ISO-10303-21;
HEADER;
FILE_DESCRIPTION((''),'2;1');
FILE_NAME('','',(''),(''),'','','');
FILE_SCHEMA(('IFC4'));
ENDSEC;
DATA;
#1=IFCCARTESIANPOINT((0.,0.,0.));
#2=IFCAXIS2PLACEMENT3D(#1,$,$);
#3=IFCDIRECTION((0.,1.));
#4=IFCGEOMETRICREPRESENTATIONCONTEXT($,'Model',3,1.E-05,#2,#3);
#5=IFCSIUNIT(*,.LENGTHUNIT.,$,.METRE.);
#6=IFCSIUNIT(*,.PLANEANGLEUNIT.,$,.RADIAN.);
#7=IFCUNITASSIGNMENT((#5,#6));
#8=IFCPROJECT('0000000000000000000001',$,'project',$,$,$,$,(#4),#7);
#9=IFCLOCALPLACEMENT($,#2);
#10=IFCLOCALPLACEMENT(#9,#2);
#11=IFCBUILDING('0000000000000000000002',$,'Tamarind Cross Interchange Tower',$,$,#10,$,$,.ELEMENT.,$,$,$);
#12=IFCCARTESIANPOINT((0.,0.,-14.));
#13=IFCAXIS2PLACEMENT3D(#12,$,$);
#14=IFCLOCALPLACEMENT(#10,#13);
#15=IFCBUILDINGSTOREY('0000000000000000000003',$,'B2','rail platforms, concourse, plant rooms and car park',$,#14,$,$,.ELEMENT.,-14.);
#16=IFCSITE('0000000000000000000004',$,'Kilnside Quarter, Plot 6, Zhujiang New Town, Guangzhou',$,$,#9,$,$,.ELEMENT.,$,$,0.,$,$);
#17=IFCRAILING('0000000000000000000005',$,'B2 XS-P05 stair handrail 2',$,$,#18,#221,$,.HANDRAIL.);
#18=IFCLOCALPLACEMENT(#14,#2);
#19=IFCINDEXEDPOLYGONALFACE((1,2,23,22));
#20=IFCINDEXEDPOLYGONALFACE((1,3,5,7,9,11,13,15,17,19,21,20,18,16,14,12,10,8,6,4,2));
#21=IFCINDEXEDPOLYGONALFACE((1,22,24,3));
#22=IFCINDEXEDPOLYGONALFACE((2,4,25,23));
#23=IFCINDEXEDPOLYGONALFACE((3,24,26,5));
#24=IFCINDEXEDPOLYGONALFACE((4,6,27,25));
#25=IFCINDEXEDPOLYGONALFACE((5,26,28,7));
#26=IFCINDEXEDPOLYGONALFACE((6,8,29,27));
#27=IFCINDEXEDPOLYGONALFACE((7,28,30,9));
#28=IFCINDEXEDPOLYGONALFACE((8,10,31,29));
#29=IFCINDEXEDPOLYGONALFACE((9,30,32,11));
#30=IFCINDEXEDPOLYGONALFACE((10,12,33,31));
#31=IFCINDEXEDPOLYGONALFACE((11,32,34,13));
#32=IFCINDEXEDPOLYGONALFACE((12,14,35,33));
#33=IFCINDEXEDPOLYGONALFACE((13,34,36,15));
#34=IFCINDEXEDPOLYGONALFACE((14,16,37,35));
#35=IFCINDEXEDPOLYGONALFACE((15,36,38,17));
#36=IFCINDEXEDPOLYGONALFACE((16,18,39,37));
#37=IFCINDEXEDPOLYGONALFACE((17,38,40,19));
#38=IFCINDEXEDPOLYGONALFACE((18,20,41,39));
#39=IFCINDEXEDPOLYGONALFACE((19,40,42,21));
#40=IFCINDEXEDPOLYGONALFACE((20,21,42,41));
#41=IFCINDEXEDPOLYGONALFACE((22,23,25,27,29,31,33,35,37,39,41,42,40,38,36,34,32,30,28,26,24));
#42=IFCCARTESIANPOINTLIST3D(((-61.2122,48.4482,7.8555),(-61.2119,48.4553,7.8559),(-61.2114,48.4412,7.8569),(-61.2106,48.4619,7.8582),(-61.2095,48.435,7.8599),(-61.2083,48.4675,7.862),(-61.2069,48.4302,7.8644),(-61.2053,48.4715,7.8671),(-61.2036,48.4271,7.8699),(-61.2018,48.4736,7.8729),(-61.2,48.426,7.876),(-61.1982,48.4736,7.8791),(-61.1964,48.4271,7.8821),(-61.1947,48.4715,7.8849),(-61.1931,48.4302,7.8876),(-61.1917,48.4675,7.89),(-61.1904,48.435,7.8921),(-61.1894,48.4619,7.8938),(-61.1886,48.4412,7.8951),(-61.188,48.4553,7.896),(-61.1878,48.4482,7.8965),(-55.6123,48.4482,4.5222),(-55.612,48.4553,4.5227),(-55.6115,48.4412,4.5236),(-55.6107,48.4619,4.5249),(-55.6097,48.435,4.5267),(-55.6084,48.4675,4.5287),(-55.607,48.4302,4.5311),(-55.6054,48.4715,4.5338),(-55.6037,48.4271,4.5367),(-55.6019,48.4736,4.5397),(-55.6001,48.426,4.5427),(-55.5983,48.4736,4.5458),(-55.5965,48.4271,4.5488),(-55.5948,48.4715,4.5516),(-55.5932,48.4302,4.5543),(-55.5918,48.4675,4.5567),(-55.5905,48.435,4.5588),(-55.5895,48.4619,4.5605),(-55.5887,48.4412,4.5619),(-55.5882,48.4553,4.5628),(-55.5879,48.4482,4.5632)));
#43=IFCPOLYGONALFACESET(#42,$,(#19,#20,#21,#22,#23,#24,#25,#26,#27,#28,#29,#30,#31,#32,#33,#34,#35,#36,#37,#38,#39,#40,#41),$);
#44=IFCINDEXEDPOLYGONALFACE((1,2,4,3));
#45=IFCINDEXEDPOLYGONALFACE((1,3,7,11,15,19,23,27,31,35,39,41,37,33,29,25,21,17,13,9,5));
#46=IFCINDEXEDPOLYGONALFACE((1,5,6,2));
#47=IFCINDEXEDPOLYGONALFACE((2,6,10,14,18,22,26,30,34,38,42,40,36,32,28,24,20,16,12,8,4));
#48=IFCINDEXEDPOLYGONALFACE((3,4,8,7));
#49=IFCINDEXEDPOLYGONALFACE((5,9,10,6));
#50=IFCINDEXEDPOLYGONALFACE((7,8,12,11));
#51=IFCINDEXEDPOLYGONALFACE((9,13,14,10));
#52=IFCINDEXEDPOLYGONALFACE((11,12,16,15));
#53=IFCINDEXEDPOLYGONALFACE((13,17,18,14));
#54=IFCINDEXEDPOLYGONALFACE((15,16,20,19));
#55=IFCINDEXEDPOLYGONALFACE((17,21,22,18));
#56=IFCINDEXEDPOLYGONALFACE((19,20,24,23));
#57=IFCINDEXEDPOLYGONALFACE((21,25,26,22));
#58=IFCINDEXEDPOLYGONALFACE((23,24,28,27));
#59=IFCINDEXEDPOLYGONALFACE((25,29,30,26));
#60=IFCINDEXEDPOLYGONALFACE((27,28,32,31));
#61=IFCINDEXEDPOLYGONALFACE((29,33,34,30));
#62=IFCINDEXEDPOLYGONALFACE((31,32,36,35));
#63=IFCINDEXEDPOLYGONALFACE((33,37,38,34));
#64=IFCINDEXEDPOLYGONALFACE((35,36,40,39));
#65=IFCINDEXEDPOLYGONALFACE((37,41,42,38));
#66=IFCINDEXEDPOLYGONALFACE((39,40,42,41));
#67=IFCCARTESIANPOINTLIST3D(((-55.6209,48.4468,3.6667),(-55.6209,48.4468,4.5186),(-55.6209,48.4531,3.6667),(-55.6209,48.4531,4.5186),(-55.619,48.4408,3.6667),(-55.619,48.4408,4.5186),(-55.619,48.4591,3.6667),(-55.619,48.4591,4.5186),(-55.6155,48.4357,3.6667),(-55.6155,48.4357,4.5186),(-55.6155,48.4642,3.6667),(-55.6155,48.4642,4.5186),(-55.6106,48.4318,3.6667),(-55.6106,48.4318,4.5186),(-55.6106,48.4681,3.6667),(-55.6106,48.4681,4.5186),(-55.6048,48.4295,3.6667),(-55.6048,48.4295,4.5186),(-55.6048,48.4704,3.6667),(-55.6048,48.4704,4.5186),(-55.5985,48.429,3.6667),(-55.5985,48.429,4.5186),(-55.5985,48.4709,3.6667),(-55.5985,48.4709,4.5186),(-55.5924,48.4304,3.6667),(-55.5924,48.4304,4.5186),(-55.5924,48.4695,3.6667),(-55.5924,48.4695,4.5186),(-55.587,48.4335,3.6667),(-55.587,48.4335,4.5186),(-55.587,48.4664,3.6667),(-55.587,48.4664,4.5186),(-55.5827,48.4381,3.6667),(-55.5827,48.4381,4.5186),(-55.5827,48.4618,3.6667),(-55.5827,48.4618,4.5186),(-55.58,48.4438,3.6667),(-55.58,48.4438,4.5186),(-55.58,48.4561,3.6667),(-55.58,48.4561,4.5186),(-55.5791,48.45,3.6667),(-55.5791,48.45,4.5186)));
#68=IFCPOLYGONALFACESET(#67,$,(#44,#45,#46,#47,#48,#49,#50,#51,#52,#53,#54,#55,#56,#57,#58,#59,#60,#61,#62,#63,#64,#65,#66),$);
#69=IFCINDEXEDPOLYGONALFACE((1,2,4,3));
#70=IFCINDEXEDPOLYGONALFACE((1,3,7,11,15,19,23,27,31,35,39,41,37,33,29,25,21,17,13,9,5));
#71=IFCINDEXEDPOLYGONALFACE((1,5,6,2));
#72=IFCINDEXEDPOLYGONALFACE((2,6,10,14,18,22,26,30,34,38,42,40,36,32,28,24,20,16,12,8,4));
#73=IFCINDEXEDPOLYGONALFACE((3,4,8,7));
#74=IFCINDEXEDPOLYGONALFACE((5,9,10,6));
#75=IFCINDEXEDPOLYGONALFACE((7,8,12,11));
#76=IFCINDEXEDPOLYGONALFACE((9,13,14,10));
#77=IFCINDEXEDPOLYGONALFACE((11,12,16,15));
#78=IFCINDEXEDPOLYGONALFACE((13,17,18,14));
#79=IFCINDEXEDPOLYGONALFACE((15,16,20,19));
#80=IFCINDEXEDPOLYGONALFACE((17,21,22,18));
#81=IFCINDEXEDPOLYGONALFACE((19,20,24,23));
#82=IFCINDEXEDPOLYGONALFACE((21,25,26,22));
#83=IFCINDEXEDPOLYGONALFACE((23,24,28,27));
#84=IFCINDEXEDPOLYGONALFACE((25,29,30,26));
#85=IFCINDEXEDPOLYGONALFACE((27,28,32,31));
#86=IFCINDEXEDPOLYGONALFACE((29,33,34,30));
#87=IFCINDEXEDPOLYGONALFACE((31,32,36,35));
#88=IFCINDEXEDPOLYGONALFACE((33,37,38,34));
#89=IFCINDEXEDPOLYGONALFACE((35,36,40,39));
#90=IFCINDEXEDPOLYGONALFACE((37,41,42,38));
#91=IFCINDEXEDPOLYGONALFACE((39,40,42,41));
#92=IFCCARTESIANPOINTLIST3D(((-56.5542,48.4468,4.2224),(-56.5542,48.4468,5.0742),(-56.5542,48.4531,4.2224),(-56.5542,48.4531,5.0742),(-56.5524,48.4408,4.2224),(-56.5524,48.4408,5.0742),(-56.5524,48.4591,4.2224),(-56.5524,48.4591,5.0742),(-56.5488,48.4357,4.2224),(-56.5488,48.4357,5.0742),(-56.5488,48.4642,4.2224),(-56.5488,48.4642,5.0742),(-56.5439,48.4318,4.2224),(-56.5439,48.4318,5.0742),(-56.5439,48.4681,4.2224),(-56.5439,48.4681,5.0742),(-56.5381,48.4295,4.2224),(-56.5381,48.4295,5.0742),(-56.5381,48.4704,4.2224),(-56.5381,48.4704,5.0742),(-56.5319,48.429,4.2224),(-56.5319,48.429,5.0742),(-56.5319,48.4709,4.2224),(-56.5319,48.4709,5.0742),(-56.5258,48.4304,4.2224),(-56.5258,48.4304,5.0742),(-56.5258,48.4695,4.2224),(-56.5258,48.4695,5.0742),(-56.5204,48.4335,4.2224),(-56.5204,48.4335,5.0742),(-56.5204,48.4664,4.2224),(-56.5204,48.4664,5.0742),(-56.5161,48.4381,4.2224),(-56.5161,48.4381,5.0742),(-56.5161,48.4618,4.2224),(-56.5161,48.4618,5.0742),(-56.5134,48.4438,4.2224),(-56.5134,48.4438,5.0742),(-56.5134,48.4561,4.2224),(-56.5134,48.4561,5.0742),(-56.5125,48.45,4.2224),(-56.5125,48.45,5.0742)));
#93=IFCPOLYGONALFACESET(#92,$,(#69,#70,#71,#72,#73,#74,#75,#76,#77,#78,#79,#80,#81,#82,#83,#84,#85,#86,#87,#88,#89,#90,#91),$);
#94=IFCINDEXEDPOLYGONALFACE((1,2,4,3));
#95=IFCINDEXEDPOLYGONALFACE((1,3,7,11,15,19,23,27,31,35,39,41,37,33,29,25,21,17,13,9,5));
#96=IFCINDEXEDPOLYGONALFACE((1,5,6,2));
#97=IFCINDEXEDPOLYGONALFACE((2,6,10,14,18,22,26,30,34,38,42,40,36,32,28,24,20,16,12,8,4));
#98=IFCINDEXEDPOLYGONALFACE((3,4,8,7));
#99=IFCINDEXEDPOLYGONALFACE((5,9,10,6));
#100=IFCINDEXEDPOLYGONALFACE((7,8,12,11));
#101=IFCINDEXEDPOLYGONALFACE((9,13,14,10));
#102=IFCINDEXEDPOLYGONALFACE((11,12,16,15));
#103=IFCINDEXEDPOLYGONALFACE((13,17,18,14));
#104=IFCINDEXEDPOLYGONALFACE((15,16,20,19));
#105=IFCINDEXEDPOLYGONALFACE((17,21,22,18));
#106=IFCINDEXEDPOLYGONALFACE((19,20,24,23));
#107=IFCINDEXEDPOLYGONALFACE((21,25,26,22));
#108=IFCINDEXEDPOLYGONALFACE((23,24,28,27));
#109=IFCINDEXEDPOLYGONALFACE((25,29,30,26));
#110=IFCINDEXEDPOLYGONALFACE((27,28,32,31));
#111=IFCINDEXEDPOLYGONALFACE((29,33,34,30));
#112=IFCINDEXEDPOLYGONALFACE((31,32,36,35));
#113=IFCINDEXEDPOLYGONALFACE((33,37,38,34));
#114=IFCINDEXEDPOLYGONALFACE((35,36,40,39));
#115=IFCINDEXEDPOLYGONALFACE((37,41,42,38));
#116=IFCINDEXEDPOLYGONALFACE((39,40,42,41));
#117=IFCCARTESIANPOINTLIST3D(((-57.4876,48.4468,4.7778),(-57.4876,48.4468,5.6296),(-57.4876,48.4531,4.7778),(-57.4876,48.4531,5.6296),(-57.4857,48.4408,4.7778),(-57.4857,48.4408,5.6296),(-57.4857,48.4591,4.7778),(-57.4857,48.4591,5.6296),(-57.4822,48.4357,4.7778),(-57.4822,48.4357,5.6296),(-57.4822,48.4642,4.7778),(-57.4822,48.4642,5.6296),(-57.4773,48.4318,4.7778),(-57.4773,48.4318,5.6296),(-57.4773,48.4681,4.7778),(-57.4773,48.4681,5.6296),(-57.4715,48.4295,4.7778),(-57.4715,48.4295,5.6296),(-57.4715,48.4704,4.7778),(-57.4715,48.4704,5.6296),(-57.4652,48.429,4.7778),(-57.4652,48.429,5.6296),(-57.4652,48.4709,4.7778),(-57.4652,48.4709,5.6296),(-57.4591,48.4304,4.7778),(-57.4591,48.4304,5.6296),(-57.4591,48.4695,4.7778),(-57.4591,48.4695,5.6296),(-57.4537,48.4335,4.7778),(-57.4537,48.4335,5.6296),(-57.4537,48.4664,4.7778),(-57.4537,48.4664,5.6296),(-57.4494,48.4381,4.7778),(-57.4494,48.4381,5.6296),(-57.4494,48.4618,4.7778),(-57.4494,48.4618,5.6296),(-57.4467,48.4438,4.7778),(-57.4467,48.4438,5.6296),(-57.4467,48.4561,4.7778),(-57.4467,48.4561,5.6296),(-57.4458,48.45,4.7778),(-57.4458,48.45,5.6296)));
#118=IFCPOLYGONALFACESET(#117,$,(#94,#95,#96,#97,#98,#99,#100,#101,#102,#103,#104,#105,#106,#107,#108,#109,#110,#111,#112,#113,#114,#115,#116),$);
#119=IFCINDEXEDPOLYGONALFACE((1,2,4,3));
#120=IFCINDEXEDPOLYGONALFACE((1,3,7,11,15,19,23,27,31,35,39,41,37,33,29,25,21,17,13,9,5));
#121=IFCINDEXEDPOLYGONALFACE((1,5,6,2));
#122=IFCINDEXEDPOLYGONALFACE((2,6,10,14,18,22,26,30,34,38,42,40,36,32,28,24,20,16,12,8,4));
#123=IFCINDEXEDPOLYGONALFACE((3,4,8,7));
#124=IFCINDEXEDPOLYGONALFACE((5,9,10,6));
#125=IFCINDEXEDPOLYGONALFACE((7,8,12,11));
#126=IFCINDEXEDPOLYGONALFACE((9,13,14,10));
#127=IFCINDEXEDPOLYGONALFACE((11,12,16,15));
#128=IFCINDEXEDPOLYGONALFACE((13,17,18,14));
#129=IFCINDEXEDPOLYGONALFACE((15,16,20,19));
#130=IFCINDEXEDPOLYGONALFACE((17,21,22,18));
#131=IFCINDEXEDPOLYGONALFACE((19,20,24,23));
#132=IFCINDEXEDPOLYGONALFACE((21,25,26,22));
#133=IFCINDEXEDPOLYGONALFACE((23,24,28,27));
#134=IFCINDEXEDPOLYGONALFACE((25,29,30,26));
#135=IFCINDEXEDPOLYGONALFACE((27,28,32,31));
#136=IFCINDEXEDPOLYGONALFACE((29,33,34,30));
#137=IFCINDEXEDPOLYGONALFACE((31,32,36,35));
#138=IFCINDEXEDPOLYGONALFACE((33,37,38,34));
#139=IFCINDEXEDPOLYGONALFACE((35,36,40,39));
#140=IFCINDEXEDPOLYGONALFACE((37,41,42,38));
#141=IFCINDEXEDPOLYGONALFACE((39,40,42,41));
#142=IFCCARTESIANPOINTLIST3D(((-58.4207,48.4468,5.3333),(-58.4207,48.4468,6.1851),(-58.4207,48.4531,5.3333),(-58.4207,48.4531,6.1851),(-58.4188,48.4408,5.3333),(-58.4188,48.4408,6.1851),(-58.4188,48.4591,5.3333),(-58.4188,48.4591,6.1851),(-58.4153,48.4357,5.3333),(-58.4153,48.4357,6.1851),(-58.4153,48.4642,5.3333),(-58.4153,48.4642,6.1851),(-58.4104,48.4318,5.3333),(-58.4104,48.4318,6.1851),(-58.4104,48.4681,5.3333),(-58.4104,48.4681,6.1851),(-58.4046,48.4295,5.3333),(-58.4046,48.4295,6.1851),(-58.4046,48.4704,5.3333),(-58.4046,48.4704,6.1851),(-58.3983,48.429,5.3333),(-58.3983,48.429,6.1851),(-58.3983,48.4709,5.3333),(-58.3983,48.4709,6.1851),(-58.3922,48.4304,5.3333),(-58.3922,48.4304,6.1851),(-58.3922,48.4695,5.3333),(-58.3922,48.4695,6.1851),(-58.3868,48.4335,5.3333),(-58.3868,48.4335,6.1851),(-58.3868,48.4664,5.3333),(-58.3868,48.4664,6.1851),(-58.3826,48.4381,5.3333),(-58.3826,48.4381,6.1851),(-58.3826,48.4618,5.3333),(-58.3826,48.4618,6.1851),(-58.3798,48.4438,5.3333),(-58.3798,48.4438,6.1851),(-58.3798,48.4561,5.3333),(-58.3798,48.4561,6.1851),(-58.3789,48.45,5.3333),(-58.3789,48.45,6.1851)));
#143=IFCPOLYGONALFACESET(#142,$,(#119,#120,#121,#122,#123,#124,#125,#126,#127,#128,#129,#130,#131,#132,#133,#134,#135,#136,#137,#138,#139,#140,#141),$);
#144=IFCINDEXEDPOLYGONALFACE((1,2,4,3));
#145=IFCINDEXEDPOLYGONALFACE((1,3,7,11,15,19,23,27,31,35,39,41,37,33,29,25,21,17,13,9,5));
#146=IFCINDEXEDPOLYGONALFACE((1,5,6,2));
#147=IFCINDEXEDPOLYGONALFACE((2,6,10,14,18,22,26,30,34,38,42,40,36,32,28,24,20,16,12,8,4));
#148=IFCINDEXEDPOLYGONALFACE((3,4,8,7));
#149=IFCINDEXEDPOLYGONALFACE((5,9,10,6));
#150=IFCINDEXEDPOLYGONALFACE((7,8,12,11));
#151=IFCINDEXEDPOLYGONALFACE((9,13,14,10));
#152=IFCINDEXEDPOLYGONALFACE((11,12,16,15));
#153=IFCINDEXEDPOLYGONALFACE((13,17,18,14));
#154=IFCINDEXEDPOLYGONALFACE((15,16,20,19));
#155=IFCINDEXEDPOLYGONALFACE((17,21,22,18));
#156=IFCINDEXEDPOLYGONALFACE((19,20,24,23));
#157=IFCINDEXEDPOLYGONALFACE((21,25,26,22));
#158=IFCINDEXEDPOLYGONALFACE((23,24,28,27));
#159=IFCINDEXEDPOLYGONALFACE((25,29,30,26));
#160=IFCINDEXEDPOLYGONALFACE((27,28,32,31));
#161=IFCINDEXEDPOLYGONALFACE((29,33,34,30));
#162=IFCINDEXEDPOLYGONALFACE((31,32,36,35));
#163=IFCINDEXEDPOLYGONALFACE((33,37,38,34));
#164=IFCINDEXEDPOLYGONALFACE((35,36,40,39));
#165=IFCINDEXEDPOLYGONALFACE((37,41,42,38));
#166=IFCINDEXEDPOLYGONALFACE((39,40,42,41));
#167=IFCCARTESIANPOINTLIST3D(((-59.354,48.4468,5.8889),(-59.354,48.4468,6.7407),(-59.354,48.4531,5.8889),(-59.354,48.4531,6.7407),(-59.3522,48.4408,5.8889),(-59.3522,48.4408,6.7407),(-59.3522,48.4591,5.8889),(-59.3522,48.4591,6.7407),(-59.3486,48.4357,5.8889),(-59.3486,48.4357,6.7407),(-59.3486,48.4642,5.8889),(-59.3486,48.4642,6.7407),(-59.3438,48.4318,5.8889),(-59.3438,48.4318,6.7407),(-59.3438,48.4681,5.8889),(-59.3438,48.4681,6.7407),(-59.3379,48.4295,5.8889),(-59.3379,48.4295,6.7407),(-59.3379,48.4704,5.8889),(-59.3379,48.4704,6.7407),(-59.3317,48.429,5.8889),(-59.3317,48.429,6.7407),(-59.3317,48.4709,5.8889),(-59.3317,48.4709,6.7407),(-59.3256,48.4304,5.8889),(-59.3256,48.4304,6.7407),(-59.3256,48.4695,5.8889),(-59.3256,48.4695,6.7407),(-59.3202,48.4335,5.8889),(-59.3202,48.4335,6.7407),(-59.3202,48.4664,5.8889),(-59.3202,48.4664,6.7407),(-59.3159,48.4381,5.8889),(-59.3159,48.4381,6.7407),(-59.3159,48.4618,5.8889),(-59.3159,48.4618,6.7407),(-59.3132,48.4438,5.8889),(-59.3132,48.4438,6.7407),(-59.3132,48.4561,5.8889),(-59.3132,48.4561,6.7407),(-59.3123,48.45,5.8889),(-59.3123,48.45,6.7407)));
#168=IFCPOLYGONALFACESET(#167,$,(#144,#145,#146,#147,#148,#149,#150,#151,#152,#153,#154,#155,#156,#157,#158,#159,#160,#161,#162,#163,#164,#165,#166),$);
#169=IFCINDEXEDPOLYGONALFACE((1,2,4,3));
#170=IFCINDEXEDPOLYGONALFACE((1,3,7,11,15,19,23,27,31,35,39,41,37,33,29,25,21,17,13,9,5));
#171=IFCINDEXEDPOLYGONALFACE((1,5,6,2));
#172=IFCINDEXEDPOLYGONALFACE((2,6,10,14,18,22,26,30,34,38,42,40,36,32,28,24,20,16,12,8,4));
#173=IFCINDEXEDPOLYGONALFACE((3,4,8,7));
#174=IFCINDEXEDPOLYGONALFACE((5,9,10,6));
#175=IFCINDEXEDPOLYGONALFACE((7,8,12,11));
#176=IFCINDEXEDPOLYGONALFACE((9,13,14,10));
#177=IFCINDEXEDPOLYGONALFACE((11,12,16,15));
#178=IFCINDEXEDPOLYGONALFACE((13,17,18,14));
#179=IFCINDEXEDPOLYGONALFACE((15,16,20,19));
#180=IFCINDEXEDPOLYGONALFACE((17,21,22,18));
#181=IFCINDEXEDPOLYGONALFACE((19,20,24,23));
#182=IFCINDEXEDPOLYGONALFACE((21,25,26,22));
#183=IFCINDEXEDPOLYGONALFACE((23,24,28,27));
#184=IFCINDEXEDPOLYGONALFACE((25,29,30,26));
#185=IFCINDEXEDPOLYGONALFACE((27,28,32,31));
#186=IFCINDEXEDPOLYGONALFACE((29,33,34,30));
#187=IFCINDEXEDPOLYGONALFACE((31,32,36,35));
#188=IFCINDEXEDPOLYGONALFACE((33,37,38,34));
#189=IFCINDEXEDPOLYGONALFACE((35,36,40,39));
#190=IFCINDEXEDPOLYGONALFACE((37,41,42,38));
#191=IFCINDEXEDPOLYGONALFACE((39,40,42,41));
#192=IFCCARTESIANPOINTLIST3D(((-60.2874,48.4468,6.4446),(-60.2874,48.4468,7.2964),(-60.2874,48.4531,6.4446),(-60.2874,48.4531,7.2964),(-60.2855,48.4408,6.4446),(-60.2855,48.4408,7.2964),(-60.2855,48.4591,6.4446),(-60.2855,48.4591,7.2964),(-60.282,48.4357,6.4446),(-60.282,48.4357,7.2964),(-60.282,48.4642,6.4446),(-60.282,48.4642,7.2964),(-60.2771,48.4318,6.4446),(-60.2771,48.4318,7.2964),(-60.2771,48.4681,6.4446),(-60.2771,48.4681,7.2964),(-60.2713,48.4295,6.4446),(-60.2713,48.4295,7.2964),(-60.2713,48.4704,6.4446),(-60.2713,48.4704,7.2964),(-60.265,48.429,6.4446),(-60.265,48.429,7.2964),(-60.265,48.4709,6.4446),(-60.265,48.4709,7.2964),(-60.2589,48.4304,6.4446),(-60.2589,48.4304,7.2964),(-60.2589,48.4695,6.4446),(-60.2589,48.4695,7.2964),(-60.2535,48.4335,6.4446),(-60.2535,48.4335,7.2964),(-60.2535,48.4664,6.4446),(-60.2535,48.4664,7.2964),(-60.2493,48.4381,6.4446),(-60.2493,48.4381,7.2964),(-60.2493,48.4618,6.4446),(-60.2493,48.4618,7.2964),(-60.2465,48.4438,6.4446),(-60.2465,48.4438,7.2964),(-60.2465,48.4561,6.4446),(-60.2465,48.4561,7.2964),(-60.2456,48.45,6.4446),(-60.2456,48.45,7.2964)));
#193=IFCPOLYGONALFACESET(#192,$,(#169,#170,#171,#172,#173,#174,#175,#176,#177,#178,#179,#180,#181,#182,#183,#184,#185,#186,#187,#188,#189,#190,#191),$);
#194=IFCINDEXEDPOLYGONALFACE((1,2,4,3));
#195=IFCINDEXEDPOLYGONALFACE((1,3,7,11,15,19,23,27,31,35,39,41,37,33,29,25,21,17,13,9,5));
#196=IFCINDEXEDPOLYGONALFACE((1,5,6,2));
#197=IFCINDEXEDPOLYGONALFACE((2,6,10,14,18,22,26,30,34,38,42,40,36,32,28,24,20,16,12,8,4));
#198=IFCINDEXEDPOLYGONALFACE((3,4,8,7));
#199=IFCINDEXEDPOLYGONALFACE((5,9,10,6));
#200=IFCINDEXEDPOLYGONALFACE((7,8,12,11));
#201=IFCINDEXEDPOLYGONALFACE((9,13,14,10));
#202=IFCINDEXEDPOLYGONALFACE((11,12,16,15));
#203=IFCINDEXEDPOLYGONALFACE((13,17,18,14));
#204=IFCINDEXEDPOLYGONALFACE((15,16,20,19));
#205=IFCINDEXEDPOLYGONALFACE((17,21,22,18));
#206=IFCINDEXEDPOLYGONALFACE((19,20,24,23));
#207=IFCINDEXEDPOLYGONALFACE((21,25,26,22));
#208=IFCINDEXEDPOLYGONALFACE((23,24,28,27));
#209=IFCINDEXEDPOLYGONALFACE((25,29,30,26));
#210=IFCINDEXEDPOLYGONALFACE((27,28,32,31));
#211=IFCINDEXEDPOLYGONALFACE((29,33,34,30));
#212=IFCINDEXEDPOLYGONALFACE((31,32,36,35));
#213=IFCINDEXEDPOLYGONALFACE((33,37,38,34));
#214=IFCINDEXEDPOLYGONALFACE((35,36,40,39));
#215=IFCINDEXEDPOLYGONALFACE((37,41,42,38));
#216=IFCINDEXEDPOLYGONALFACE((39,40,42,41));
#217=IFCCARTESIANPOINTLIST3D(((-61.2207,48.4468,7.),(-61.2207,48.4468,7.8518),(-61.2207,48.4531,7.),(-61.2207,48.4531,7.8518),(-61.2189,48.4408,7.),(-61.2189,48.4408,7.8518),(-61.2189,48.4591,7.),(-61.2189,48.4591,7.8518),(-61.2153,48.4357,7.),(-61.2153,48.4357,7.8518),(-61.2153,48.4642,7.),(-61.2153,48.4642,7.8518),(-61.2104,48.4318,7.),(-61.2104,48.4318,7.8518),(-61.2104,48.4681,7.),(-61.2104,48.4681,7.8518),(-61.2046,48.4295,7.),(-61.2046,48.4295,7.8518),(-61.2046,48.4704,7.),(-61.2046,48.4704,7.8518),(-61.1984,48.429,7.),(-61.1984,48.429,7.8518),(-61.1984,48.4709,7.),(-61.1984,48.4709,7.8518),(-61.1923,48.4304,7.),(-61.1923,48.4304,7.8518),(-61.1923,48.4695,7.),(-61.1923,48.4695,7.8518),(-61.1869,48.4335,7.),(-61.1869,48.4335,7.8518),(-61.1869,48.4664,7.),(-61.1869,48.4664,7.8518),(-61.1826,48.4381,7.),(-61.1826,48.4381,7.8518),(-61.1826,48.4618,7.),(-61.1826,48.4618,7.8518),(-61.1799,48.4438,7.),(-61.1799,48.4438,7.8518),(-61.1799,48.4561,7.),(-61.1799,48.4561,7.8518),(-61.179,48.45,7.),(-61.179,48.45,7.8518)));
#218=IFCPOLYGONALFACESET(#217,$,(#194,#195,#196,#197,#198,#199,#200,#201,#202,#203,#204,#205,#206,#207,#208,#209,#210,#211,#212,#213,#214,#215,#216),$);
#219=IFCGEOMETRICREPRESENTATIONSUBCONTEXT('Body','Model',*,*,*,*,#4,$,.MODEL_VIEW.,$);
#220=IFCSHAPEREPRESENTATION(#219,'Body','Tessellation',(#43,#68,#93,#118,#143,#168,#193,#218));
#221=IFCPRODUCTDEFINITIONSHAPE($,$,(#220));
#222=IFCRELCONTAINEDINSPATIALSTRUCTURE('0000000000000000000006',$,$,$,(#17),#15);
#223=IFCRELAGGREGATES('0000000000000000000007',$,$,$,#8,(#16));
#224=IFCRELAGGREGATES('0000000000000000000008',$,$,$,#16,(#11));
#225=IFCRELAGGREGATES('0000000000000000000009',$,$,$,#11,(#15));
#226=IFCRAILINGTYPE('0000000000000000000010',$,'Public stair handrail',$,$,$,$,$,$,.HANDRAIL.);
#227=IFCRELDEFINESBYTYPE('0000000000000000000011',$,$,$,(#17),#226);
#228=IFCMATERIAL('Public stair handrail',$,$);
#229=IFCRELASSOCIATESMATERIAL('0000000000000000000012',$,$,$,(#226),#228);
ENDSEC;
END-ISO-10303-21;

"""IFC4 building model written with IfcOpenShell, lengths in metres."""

from ifc_helpers import new_model, si_unit, direction, frame, origin, origin_2d, place, context, subcontext, project, spatial, circle, extrude, material, type_object, element, save


model = new_model("IFC4")

# Units and contexts
model_context = context("Model", 3, precision=1e-05, world=origin(), true_north=direction((0.0, 1.0)))
body_context = subcontext(model_context, "Body", "Model", "MODEL_VIEW")
ifc_project = project(units=[si_unit("LENGTHUNIT", "METRE"), si_unit("PLANEANGLEUNIT", "RADIAN")], contexts=[model_context])

# Site, building, storey
site_placement = place(None, origin())
site = spatial("IfcSite", under=ifc_project, at=site_placement, Name="Kilnside Quarter, Plot 6, Zhujiang New Town, Guangzhou", CompositionType="ELEMENT", RefElevation=0.0)
building_placement = place(site_placement, origin())
building = spatial("IfcBuilding", under=site, at=building_placement, Name="Tamarind Cross Interchange Tower", CompositionType="ELEMENT")
storey_placement = place(building_placement, frame((0.0, 0.0, -14.0)))
storey = spatial("IfcBuildingStorey", under=building, at=storey_placement, Name="B2", Description="rail platforms, concourse, plant rooms and car park", CompositionType="ELEMENT", Elevation=-14.0)

# Railing
ifc_material_1 = material(Name="Public stair handrail")
railing_type_1 = type_object("IfcRailingType", Name="Public stair handrail", PredefinedType="HANDRAIL", material=ifc_material_1)
railing_1_placement = place(storey_placement, frame((-55.6001, 48.45, 3.6667)))
element("IfcRailing", 1, at=railing_1_placement, inside=storey, type_object=railing_type_1, Name="B2 XS-P05 stair handrail 2", PredefinedType="HANDRAIL", context=body_context, shape_type="SweptSolid", body=[
    extrude(circle(Radius=0.0239, at=origin_2d()), frame((0.0, 0.0, 0.876), z_axis=(-0.859292, 0.0, 0.511485), x_axis=(0.0, -1.0, 0.0)), (0.0, 0.0, 1.0), 6.5168),
    extrude(circle(Radius=0.021, at=origin_2d()), origin(), (0.0, 0.0, 1.0), 0.8518),
    extrude(circle(Radius=0.021, at=origin_2d()), frame((-0.9333, 0.0, 0.5557)), (0.0, 0.0, 1.0), 0.8518),
    extrude(circle(Radius=0.021, at=origin_2d()), frame((-1.8667, 0.0, 1.1111)), (0.0, 0.0, 1.0), 0.8518),
    extrude(circle(Radius=0.021, at=origin_2d()), frame((-2.7998, 0.0, 1.6665)), (0.0, 0.0, 1.0), 0.8518),
    extrude(circle(Radius=0.021, at=origin_2d()), frame((-3.7332, 0.0, 2.2222)), (0.0, 0.0, 1.0), 0.8518),
    extrude(circle(Radius=0.021, at=origin_2d()), frame((-4.6665, 0.0, 2.7778)), (0.0, 0.0, 1.0), 0.8518),
    extrude(circle(Radius=0.021, at=origin_2d()), frame((-5.5999, 0.0, 3.3333)), (0.0, 0.0, 1.0), 0.8518),
])

save(model, "model.ifc")
